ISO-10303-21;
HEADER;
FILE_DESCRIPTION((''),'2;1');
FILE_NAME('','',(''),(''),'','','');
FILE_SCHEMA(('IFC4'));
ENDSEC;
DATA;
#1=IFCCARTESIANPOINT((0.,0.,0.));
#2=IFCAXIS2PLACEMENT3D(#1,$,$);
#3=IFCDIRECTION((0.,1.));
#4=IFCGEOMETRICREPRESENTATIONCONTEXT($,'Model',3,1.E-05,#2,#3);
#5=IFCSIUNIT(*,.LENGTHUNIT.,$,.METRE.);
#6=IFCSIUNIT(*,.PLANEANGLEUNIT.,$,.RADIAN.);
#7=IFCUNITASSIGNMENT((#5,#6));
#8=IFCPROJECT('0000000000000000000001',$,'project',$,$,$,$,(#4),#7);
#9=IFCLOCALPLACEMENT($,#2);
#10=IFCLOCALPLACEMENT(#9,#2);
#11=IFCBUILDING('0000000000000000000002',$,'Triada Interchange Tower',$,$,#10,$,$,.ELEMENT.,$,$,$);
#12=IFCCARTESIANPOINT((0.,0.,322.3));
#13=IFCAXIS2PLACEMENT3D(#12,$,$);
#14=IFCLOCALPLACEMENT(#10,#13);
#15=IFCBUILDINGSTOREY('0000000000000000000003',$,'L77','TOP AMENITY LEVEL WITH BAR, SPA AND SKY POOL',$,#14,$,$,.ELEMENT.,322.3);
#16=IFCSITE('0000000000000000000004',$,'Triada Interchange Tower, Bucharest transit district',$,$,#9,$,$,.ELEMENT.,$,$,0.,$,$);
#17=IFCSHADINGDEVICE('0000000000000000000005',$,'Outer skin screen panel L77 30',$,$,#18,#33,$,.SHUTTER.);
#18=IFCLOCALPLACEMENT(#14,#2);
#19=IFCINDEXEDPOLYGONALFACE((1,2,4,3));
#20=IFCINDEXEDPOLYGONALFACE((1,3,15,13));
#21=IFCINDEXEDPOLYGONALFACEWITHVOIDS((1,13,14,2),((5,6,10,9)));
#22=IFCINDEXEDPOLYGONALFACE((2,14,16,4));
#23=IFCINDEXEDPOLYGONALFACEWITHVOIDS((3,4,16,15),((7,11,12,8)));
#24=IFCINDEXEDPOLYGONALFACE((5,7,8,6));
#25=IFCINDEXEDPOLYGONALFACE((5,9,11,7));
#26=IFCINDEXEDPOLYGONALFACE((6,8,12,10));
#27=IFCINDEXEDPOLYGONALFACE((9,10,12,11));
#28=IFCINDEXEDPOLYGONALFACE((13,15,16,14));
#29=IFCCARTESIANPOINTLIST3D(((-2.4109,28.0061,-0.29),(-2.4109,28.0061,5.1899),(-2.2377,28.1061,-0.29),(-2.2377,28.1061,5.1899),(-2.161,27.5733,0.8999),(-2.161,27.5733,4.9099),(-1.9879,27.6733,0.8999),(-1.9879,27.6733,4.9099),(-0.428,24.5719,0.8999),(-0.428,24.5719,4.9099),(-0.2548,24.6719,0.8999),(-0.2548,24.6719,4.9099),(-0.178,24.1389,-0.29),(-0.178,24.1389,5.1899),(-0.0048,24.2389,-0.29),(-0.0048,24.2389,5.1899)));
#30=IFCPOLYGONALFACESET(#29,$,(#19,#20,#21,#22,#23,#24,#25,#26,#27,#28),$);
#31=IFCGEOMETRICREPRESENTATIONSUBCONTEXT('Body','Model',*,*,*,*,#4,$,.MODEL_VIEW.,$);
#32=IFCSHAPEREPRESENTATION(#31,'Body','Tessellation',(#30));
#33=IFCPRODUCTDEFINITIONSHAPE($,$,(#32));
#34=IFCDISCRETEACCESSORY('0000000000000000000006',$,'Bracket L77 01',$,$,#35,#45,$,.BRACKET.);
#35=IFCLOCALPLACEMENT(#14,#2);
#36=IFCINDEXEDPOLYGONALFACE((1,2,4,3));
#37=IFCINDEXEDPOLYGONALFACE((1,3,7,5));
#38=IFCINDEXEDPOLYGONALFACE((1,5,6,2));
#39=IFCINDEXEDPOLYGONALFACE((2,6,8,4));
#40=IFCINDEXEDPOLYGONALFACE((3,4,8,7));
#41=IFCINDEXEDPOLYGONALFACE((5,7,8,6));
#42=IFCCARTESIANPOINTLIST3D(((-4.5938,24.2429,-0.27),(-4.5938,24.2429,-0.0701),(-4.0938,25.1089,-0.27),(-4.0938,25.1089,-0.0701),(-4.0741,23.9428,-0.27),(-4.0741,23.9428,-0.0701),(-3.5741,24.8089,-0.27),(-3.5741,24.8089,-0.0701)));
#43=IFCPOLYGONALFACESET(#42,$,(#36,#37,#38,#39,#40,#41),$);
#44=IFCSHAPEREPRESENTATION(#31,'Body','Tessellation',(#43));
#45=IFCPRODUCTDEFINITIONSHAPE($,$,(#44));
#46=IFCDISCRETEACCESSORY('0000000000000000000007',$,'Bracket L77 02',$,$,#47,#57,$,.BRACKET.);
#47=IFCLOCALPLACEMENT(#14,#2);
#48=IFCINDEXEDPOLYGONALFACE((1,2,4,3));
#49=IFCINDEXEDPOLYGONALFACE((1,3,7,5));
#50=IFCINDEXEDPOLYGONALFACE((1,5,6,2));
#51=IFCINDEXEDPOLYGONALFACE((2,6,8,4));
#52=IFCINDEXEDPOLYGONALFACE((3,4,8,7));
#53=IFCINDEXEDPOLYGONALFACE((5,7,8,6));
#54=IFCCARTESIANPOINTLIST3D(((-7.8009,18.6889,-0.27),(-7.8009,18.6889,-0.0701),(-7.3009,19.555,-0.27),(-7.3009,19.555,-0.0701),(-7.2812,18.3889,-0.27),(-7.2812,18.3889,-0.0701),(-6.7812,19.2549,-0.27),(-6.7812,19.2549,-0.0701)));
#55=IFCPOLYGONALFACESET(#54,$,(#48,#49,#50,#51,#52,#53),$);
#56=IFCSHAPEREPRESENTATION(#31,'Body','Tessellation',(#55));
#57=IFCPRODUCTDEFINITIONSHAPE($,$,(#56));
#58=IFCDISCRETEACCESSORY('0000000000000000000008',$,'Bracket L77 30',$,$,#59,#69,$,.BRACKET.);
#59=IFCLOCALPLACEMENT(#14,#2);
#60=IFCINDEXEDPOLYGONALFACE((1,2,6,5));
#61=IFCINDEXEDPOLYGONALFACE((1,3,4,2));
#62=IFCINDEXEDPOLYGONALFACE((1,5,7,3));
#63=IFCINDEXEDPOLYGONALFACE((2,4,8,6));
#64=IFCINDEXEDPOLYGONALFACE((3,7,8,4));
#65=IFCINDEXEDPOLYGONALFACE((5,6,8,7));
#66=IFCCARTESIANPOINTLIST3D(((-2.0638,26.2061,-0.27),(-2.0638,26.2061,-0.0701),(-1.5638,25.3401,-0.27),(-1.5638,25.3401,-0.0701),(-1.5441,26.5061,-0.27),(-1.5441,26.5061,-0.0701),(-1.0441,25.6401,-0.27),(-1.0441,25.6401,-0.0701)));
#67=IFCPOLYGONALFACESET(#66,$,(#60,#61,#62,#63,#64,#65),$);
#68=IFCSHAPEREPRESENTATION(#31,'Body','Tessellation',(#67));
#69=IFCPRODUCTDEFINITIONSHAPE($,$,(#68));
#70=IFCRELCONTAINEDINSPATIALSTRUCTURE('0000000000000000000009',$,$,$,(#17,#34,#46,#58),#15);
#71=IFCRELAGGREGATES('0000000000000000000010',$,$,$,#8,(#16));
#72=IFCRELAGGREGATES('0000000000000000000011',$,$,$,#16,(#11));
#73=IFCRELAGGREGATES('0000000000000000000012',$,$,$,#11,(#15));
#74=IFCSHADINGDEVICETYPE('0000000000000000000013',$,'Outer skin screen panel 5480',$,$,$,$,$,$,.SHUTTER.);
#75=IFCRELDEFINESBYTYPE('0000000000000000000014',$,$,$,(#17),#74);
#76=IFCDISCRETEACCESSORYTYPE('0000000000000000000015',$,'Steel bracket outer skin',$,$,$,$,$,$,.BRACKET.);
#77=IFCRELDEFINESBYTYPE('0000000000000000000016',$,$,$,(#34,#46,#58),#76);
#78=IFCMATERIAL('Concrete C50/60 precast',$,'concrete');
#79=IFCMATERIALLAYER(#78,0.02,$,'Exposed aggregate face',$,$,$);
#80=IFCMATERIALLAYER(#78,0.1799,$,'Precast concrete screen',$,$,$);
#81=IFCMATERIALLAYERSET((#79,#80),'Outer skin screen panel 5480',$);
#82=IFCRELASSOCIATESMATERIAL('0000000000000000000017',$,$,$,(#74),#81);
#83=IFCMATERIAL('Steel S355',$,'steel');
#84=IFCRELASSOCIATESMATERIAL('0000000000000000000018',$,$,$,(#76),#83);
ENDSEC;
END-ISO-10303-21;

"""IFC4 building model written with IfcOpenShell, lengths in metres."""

from ifc_helpers import new_model, si_unit, direction, frame, origin, origin_2d, place, context, subcontext, project, spatial, polyline, rectangle, outline, extrude, material, layer, layer_set, type_object, element, save


model = new_model("IFC4")

# Units and contexts
model_context = context("Model", 3, precision=1e-05, world=origin(), true_north=direction((0.0, 1.0)))
body_context = subcontext(model_context, "Body", "Model", "MODEL_VIEW")
ifc_project = project(units=[si_unit("LENGTHUNIT", "METRE"), si_unit("PLANEANGLEUNIT", "RADIAN")], contexts=[model_context])

# Site, building, storey
site_placement = place(None, origin())
site = spatial("IfcSite", under=ifc_project, at=site_placement, Name="Triada Interchange Tower, Bucharest transit district", CompositionType="ELEMENT", RefElevation=0.0)
building_placement = place(site_placement, origin())
building = spatial("IfcBuilding", under=site, at=building_placement, Name="Triada Interchange Tower", CompositionType="ELEMENT")
storey_placement = place(building_placement, frame((0.0, 0.0, 322.3)))
storey = spatial("IfcBuildingStorey", under=building, at=storey_placement, Name="L77", Description="TOP AMENITY LEVEL WITH BAR, SPA AND SKY POOL", CompositionType="ELEMENT", Elevation=322.3)

# Shading device
ifc_material_1 = material(Name="Concrete C50/60 precast", Category="concrete")
ifc_layer_1 = layer(ifc_material_1, 0.02, Name="Exposed aggregate face")
ifc_layer_2 = layer(ifc_material_1, 0.1799, Name="Precast concrete screen")
ifc_layer_set_1 = layer_set([ifc_layer_1, ifc_layer_2], Name="Outer skin screen panel 5480")
shading_device_type = type_object("IfcShadingDeviceType", Name="Outer skin screen panel 5480", PredefinedType="SHUTTER", material=ifc_layer_set_1)
shading_device_1_placement = place(storey_placement, frame((-0.178, 24.1389, -0.29), z_axis=(0.0, 0.0, 1.0), x_axis=(-0.500032, 0.866007, 0.0)))
element("IfcShadingDevice", 1, at=shading_device_1_placement, inside=storey, type_object=shading_device_type, Name="Outer skin screen panel L77 30", PredefinedType="SHUTTER", context=body_context, shape_type="SweptSolid", body=[
    extrude(outline(polyline([(0.0, 0.0), (4.4656, 0.0), (4.4656, 5.48), (0.0, 5.48), (0.0, 0.0)]), holes=[polyline([(0.5, 1.1899), (0.5, 5.2), (3.9658, 5.2), (3.9658, 1.1899), (0.5, 1.1899)])]), frame((0.0, 0.0, 0.0), z_axis=(0.0, -1.0, 0.0), x_axis=(1.0, 0.0, 0.0)), (0.0, 0.0, 1.0), 0.2),
])

# Discrete accessories
ifc_material_2 = material(Name="Steel S355", Category="steel")
discrete_accessory_type = type_object("IfcDiscreteAccessoryType", Name="Steel bracket outer skin", PredefinedType="BRACKET", material=ifc_material_2)
for number, where, z_axis, x_axis, name in (
    (2, (-4.084, 24.5259, -0.27), (0.0, 0.0, 1.0), (-0.866019, 0.500011, 0.0), "Bracket L77 01"),
    (3, (-7.291, 18.9719, -0.27), (0.0, 0.0, 1.0), (-0.866019, 0.500011, 0.0), "Bracket L77 02"),
    (4, (-1.554, 25.9231, -0.27), (0.0, 0.0, 1.0), (0.866044, 0.499967, 0.0), "Bracket L77 30"),
):
    element("IfcDiscreteAccessory", number, at=place(storey_placement, frame(where, z_axis=z_axis, x_axis=x_axis)), inside=storey, type_object=discrete_accessory_type, Name=name, PredefinedType="BRACKET", context=body_context, shape_type="SweptSolid", body=[
        extrude(rectangle(XDim=0.6001, YDim=1.0, at=origin_2d()), origin(), (0.0, 0.0, 1.0), 0.2),
    ])

save(model, "model.ifc")
